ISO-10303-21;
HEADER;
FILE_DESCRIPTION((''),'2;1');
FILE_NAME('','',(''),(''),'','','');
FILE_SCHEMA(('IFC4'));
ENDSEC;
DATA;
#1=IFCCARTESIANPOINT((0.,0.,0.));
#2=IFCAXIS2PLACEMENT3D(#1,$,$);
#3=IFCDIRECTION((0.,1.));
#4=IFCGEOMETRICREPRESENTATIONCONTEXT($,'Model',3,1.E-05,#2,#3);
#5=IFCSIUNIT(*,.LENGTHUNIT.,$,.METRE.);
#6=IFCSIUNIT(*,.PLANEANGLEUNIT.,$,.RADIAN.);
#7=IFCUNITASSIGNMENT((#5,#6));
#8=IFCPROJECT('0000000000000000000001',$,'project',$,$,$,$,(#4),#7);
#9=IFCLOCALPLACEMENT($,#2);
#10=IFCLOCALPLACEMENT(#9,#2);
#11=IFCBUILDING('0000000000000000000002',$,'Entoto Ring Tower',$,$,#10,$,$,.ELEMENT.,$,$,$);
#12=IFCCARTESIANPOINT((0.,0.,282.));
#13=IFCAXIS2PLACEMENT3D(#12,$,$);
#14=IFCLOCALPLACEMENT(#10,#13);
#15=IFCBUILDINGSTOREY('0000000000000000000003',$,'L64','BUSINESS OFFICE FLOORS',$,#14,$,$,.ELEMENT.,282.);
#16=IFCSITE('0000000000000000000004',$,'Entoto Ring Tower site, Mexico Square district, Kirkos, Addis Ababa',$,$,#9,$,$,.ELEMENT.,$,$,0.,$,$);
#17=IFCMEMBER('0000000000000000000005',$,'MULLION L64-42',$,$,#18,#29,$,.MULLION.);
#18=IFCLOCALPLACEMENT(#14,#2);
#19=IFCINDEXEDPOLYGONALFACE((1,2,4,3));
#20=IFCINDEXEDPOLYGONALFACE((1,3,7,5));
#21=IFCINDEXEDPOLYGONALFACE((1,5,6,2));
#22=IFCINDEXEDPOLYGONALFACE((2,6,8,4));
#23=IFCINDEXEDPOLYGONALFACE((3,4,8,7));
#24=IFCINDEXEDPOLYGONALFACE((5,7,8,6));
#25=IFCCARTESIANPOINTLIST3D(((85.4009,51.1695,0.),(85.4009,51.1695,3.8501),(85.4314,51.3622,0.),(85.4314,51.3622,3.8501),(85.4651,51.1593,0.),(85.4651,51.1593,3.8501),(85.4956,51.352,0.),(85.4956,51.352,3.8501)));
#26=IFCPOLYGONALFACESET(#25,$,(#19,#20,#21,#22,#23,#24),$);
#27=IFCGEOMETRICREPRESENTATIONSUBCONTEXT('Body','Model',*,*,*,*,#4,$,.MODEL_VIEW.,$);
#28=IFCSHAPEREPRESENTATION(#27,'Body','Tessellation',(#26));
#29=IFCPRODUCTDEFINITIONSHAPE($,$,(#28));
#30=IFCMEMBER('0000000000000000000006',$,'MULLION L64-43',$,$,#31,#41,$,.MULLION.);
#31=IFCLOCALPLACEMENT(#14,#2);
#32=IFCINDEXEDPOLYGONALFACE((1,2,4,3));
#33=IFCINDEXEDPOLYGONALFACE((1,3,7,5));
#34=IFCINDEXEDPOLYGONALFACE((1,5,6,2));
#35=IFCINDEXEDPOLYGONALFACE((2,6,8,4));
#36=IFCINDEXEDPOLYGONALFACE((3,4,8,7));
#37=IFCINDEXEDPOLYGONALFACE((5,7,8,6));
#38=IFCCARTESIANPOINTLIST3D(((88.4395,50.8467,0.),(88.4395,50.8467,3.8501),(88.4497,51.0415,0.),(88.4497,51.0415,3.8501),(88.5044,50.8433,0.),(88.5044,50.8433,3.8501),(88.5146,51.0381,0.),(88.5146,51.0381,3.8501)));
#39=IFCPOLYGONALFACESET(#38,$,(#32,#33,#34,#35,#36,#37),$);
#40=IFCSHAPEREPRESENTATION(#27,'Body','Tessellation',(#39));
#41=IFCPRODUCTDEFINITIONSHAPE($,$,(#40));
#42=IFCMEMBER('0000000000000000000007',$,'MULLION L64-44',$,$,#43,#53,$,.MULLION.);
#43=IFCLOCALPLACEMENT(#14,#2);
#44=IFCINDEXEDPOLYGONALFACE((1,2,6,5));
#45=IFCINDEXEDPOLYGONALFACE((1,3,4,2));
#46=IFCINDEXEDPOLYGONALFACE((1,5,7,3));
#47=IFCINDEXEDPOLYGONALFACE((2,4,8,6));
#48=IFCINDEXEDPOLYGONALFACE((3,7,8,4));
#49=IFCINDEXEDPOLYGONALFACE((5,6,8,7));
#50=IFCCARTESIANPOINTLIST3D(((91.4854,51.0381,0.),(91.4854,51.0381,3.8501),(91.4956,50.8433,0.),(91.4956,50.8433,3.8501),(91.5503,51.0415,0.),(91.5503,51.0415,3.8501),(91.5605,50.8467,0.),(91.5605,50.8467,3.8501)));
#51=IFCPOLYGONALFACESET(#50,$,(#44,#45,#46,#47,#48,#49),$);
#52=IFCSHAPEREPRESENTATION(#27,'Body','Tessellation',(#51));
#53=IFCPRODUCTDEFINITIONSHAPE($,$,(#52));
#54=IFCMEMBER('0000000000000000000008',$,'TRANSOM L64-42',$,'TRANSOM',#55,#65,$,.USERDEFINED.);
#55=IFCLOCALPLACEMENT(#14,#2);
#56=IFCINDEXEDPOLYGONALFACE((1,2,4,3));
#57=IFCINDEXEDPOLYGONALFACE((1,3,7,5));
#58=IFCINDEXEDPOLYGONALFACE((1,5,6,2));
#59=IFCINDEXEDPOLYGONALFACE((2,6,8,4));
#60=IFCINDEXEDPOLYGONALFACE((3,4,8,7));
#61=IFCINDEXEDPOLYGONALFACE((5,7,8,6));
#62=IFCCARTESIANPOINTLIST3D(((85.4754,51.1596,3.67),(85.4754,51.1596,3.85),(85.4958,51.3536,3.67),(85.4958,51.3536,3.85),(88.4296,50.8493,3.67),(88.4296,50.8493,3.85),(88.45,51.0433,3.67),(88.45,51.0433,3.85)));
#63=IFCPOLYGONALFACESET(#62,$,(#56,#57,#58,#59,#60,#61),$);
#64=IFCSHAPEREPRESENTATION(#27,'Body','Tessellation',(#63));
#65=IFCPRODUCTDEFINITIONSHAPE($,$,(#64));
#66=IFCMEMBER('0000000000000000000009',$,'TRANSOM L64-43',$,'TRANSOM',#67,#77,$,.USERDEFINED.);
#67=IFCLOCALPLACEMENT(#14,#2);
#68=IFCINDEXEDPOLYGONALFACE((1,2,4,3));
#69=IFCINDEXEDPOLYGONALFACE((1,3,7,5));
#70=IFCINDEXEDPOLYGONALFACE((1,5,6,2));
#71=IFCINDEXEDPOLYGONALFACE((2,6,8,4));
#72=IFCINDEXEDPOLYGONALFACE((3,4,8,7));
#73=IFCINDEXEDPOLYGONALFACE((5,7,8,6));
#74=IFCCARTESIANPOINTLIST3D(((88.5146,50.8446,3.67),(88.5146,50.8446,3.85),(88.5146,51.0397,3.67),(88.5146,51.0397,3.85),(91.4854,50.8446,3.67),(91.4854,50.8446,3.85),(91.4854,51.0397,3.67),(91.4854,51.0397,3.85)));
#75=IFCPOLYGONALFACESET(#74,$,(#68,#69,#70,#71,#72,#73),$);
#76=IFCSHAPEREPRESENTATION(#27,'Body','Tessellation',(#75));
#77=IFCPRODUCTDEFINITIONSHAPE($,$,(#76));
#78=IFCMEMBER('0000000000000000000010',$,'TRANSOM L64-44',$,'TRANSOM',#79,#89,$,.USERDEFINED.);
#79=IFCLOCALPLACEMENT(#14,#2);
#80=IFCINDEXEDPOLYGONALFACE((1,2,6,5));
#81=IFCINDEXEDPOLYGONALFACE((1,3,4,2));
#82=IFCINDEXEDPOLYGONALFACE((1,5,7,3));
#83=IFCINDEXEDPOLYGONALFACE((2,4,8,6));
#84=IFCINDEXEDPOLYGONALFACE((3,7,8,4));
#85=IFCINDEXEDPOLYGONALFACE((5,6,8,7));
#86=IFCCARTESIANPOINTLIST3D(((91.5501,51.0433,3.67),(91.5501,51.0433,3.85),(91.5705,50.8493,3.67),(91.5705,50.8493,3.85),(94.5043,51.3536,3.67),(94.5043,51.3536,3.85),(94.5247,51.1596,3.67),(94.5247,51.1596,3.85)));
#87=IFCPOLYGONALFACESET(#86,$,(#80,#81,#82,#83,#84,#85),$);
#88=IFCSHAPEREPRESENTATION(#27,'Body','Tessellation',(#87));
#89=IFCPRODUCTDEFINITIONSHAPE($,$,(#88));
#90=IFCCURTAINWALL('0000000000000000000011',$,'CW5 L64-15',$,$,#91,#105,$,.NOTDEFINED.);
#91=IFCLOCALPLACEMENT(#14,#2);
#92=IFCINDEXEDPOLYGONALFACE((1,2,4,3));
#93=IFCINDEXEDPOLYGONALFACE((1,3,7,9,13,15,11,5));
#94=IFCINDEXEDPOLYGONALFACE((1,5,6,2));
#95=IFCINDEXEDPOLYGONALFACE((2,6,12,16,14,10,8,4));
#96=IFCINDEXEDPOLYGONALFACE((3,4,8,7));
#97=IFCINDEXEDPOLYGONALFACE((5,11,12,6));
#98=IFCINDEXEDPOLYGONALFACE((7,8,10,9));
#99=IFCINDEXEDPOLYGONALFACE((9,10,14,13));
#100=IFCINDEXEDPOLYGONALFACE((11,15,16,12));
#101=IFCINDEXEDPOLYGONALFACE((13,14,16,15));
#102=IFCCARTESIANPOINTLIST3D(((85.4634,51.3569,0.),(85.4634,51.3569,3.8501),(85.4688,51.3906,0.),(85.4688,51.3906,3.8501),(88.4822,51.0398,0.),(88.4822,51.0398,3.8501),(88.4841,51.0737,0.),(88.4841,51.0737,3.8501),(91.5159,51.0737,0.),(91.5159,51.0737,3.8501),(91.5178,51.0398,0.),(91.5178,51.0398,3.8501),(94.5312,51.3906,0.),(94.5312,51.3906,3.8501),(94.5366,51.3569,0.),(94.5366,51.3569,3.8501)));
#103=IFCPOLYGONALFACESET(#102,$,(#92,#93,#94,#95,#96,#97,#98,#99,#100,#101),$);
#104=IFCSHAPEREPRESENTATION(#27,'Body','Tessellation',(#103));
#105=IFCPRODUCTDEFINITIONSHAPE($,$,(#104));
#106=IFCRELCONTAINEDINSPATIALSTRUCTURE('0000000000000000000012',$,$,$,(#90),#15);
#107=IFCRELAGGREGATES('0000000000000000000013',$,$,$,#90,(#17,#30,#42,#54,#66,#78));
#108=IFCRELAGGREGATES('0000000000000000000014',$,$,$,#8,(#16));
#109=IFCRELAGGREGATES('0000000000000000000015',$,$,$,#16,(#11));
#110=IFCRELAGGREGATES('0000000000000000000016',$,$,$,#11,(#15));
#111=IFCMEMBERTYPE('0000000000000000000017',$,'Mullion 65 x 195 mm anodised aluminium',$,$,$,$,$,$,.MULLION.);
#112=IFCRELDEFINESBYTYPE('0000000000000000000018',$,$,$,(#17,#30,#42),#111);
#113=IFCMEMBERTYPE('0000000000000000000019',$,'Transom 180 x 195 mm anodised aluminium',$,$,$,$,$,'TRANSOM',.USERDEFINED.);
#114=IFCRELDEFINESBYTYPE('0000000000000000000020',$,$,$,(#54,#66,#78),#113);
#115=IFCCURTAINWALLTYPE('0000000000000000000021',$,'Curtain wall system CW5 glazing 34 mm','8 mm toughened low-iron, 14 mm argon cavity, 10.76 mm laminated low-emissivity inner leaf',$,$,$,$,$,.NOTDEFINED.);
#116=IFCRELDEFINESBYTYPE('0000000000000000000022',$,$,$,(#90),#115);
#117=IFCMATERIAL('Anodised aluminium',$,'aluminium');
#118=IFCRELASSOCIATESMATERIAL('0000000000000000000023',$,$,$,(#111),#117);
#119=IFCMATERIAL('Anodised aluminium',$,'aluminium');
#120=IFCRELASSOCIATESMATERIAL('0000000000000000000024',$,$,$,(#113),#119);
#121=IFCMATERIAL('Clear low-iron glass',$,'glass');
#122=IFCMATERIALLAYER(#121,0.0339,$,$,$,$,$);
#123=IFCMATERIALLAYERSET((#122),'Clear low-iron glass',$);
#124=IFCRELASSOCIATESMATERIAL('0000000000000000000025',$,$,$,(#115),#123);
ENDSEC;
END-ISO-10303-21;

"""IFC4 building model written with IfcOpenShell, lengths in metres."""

from ifc_helpers import new_model, si_unit, direction, frame, origin, origin_2d, place, context, subcontext, project, spatial, polyline, rectangle, outline, extrude, material, layer, layer_set, material_profile, profile_set, type_object, element, aggregate, save


model = new_model("IFC4")

# Units and contexts
model_context = context("Model", 3, precision=1e-05, world=origin(), true_north=direction((0.0, 1.0)))
body_context = subcontext(model_context, "Body", "Model", "MODEL_VIEW")
ifc_project = project(units=[si_unit("LENGTHUNIT", "METRE"), si_unit("PLANEANGLEUNIT", "RADIAN")], contexts=[model_context])

# Members
ifc_material_1 = material(Name="Anodised aluminium", Category="aluminium")
ifc_material_profile_1 = material_profile(ifc_material_1, rectangle(XDim=0.0649, YDim=0.1951, at=origin_2d()), Name="Mullion 65 x 195 mm anodised aluminium")
ifc_profile_set_1 = profile_set([ifc_material_profile_1], Name="Anodised aluminium")
member_type_1 = type_object("IfcMemberType", Name="Mullion 65 x 195 mm anodised aluminium", PredefinedType="MULLION", material=ifc_profile_set_1)
site_placement = place(None, origin())
building_placement = place(site_placement, origin())
storey_placement = place(building_placement, frame((0.0, 0.0, 282.0)))
member_1_placement = place(storey_placement, frame((85.4482, 51.2607, 0.0), z_axis=(0.0, 0.0, 1.0), x_axis=(0.987688, -0.156434, 0.0)))
member_1 = element("IfcMember", 1, at=member_1_placement, type_object=member_type_1, Name="MULLION L64-42", PredefinedType="MULLION", context=body_context, shape_type="SweptSolid", body=[
    extrude(rectangle(XDim=0.0649, YDim=0.1951, at=origin_2d()), origin(), (0.0, 0.0, 1.0), 3.8501),
])
member_2_placement = place(storey_placement, frame((88.4771, 50.9424, 0.0), z_axis=(0.0, 0.0, 1.0), x_axis=(0.99863, -0.052336, 0.0)))
member_2 = element("IfcMember", 2, at=member_2_placement, type_object=member_type_1, Name="MULLION L64-43", PredefinedType="MULLION", context=body_context, shape_type="SweptSolid", body=[
    extrude(rectangle(XDim=0.0649, YDim=0.1951, at=origin_2d()), origin(), (0.0, 0.0, 1.0), 3.8501),
])
member_3_placement = place(storey_placement, frame((91.5229, 50.9424, 0.0), z_axis=(0.0, 0.0, 1.0), x_axis=(0.99863, 0.052336, 0.0)))
member_3 = element("IfcMember", 3, at=member_3_placement, type_object=member_type_1, Name="MULLION L64-44", PredefinedType="MULLION", context=body_context, shape_type="SweptSolid", body=[
    extrude(rectangle(XDim=0.0649, YDim=0.1951, at=origin_2d()), origin(), (0.0, 0.0, 1.0), 3.8501),
])
ifc_material_2 = material(Name="Anodised aluminium", Category="aluminium")
ifc_material_profile_2 = material_profile(ifc_material_2, rectangle(XDim=0.1951, YDim=0.1799, at=origin_2d()), Name="Transom 180 x 195 mm anodised aluminium")
ifc_profile_set_2 = profile_set([ifc_material_profile_2], Name="Anodised aluminium")
member_type_2 = type_object("IfcMemberType", Name="Transom 180 x 195 mm anodised aluminium", ElementType="TRANSOM", PredefinedType="USERDEFINED", material=ifc_profile_set_2)
member_4_placement = place(storey_placement, frame((85.4856, 51.2566, 3.76), z_axis=(0.994528, -0.104467, 0.0), x_axis=(0.104467, 0.994528, 0.0)))
member_4 = element("IfcMember", 4, at=member_4_placement, type_object=member_type_2, Name="TRANSOM L64-42", ObjectType="TRANSOM", PredefinedType="USERDEFINED", context=body_context, shape_type="SweptSolid", body=[
    extrude(rectangle(XDim=0.1951, YDim=0.1799, at=origin_2d()), origin(), (0.0, 0.0, 1.0), 2.9705),
])
member_5_placement = place(storey_placement, frame((88.5146, 50.9421, 3.76), z_axis=(1.0, 0.0, 0.0), x_axis=(0.0, 1.0, 0.0)))
member_5 = element("IfcMember", 5, at=member_5_placement, type_object=member_type_2, Name="TRANSOM L64-43", ObjectType="TRANSOM", PredefinedType="USERDEFINED", context=body_context, shape_type="SweptSolid", body=[
    extrude(rectangle(XDim=0.1951, YDim=0.1799, at=origin_2d()), origin(), (0.0, 0.0, 1.0), 2.9707),
])
member_6_placement = place(storey_placement, frame((91.5603, 50.9463, 3.76), z_axis=(0.994528, 0.104467, 0.0), x_axis=(-0.104467, 0.994528, 0.0)))
member_6 = element("IfcMember", 6, at=member_6_placement, type_object=member_type_2, Name="TRANSOM L64-44", ObjectType="TRANSOM", PredefinedType="USERDEFINED", context=body_context, shape_type="SweptSolid", body=[
    extrude(rectangle(XDim=0.1951, YDim=0.1799, at=origin_2d()), origin(), (0.0, 0.0, 1.0), 2.9705),
])

# Site, building, storey
site = spatial("IfcSite", under=ifc_project, at=site_placement, Name="Entoto Ring Tower site, Mexico Square district, Kirkos, Addis Ababa", CompositionType="ELEMENT", RefElevation=0.0)
building = spatial("IfcBuilding", under=site, at=building_placement, Name="Entoto Ring Tower", CompositionType="ELEMENT")
storey = spatial("IfcBuildingStorey", under=building, at=storey_placement, Name="L64", Description="BUSINESS OFFICE FLOORS", CompositionType="ELEMENT", Elevation=282.0)

# Curtain wall
ifc_material_3 = material(Name="Clear low-iron glass", Category="glass")
ifc_layer = layer(ifc_material_3, 0.0339)
ifc_layer_set = layer_set([ifc_layer], Name="Clear low-iron glass")
curtain_wall_type = type_object("IfcCurtainWallType", Name="Curtain wall system CW5 glazing 34 mm", Description="8 mm toughened low-iron, 14 mm argon cavity, 10.76 mm laminated low-emissivity inner leaf", PredefinedType="NOTDEFINED", material=ifc_layer_set)
curtain_wall_1_placement = place(storey_placement, origin())
curtain_wall_1 = element("IfcCurtainWall", 7, at=curtain_wall_1_placement, inside=storey, type_object=curtain_wall_type, Name="CW5 L64-15", PredefinedType="NOTDEFINED", context=body_context, shape_type="SweptSolid", body=[
    extrude(outline(polyline([(85.4634, 51.3569), (88.4822, 51.0398), (91.5178, 51.0398), (94.5366, 51.3569), (94.5312, 51.3906), (91.5159, 51.0737), (88.4841, 51.0737), (85.4688, 51.3906), (85.4634, 51.3569)])), origin(), (0.0, 0.0, 1.0), 3.8501),
])
aggregate(curtain_wall_1, [member_1, member_2, member_3, member_4, member_5, member_6])

save(model, "model.ifc")
